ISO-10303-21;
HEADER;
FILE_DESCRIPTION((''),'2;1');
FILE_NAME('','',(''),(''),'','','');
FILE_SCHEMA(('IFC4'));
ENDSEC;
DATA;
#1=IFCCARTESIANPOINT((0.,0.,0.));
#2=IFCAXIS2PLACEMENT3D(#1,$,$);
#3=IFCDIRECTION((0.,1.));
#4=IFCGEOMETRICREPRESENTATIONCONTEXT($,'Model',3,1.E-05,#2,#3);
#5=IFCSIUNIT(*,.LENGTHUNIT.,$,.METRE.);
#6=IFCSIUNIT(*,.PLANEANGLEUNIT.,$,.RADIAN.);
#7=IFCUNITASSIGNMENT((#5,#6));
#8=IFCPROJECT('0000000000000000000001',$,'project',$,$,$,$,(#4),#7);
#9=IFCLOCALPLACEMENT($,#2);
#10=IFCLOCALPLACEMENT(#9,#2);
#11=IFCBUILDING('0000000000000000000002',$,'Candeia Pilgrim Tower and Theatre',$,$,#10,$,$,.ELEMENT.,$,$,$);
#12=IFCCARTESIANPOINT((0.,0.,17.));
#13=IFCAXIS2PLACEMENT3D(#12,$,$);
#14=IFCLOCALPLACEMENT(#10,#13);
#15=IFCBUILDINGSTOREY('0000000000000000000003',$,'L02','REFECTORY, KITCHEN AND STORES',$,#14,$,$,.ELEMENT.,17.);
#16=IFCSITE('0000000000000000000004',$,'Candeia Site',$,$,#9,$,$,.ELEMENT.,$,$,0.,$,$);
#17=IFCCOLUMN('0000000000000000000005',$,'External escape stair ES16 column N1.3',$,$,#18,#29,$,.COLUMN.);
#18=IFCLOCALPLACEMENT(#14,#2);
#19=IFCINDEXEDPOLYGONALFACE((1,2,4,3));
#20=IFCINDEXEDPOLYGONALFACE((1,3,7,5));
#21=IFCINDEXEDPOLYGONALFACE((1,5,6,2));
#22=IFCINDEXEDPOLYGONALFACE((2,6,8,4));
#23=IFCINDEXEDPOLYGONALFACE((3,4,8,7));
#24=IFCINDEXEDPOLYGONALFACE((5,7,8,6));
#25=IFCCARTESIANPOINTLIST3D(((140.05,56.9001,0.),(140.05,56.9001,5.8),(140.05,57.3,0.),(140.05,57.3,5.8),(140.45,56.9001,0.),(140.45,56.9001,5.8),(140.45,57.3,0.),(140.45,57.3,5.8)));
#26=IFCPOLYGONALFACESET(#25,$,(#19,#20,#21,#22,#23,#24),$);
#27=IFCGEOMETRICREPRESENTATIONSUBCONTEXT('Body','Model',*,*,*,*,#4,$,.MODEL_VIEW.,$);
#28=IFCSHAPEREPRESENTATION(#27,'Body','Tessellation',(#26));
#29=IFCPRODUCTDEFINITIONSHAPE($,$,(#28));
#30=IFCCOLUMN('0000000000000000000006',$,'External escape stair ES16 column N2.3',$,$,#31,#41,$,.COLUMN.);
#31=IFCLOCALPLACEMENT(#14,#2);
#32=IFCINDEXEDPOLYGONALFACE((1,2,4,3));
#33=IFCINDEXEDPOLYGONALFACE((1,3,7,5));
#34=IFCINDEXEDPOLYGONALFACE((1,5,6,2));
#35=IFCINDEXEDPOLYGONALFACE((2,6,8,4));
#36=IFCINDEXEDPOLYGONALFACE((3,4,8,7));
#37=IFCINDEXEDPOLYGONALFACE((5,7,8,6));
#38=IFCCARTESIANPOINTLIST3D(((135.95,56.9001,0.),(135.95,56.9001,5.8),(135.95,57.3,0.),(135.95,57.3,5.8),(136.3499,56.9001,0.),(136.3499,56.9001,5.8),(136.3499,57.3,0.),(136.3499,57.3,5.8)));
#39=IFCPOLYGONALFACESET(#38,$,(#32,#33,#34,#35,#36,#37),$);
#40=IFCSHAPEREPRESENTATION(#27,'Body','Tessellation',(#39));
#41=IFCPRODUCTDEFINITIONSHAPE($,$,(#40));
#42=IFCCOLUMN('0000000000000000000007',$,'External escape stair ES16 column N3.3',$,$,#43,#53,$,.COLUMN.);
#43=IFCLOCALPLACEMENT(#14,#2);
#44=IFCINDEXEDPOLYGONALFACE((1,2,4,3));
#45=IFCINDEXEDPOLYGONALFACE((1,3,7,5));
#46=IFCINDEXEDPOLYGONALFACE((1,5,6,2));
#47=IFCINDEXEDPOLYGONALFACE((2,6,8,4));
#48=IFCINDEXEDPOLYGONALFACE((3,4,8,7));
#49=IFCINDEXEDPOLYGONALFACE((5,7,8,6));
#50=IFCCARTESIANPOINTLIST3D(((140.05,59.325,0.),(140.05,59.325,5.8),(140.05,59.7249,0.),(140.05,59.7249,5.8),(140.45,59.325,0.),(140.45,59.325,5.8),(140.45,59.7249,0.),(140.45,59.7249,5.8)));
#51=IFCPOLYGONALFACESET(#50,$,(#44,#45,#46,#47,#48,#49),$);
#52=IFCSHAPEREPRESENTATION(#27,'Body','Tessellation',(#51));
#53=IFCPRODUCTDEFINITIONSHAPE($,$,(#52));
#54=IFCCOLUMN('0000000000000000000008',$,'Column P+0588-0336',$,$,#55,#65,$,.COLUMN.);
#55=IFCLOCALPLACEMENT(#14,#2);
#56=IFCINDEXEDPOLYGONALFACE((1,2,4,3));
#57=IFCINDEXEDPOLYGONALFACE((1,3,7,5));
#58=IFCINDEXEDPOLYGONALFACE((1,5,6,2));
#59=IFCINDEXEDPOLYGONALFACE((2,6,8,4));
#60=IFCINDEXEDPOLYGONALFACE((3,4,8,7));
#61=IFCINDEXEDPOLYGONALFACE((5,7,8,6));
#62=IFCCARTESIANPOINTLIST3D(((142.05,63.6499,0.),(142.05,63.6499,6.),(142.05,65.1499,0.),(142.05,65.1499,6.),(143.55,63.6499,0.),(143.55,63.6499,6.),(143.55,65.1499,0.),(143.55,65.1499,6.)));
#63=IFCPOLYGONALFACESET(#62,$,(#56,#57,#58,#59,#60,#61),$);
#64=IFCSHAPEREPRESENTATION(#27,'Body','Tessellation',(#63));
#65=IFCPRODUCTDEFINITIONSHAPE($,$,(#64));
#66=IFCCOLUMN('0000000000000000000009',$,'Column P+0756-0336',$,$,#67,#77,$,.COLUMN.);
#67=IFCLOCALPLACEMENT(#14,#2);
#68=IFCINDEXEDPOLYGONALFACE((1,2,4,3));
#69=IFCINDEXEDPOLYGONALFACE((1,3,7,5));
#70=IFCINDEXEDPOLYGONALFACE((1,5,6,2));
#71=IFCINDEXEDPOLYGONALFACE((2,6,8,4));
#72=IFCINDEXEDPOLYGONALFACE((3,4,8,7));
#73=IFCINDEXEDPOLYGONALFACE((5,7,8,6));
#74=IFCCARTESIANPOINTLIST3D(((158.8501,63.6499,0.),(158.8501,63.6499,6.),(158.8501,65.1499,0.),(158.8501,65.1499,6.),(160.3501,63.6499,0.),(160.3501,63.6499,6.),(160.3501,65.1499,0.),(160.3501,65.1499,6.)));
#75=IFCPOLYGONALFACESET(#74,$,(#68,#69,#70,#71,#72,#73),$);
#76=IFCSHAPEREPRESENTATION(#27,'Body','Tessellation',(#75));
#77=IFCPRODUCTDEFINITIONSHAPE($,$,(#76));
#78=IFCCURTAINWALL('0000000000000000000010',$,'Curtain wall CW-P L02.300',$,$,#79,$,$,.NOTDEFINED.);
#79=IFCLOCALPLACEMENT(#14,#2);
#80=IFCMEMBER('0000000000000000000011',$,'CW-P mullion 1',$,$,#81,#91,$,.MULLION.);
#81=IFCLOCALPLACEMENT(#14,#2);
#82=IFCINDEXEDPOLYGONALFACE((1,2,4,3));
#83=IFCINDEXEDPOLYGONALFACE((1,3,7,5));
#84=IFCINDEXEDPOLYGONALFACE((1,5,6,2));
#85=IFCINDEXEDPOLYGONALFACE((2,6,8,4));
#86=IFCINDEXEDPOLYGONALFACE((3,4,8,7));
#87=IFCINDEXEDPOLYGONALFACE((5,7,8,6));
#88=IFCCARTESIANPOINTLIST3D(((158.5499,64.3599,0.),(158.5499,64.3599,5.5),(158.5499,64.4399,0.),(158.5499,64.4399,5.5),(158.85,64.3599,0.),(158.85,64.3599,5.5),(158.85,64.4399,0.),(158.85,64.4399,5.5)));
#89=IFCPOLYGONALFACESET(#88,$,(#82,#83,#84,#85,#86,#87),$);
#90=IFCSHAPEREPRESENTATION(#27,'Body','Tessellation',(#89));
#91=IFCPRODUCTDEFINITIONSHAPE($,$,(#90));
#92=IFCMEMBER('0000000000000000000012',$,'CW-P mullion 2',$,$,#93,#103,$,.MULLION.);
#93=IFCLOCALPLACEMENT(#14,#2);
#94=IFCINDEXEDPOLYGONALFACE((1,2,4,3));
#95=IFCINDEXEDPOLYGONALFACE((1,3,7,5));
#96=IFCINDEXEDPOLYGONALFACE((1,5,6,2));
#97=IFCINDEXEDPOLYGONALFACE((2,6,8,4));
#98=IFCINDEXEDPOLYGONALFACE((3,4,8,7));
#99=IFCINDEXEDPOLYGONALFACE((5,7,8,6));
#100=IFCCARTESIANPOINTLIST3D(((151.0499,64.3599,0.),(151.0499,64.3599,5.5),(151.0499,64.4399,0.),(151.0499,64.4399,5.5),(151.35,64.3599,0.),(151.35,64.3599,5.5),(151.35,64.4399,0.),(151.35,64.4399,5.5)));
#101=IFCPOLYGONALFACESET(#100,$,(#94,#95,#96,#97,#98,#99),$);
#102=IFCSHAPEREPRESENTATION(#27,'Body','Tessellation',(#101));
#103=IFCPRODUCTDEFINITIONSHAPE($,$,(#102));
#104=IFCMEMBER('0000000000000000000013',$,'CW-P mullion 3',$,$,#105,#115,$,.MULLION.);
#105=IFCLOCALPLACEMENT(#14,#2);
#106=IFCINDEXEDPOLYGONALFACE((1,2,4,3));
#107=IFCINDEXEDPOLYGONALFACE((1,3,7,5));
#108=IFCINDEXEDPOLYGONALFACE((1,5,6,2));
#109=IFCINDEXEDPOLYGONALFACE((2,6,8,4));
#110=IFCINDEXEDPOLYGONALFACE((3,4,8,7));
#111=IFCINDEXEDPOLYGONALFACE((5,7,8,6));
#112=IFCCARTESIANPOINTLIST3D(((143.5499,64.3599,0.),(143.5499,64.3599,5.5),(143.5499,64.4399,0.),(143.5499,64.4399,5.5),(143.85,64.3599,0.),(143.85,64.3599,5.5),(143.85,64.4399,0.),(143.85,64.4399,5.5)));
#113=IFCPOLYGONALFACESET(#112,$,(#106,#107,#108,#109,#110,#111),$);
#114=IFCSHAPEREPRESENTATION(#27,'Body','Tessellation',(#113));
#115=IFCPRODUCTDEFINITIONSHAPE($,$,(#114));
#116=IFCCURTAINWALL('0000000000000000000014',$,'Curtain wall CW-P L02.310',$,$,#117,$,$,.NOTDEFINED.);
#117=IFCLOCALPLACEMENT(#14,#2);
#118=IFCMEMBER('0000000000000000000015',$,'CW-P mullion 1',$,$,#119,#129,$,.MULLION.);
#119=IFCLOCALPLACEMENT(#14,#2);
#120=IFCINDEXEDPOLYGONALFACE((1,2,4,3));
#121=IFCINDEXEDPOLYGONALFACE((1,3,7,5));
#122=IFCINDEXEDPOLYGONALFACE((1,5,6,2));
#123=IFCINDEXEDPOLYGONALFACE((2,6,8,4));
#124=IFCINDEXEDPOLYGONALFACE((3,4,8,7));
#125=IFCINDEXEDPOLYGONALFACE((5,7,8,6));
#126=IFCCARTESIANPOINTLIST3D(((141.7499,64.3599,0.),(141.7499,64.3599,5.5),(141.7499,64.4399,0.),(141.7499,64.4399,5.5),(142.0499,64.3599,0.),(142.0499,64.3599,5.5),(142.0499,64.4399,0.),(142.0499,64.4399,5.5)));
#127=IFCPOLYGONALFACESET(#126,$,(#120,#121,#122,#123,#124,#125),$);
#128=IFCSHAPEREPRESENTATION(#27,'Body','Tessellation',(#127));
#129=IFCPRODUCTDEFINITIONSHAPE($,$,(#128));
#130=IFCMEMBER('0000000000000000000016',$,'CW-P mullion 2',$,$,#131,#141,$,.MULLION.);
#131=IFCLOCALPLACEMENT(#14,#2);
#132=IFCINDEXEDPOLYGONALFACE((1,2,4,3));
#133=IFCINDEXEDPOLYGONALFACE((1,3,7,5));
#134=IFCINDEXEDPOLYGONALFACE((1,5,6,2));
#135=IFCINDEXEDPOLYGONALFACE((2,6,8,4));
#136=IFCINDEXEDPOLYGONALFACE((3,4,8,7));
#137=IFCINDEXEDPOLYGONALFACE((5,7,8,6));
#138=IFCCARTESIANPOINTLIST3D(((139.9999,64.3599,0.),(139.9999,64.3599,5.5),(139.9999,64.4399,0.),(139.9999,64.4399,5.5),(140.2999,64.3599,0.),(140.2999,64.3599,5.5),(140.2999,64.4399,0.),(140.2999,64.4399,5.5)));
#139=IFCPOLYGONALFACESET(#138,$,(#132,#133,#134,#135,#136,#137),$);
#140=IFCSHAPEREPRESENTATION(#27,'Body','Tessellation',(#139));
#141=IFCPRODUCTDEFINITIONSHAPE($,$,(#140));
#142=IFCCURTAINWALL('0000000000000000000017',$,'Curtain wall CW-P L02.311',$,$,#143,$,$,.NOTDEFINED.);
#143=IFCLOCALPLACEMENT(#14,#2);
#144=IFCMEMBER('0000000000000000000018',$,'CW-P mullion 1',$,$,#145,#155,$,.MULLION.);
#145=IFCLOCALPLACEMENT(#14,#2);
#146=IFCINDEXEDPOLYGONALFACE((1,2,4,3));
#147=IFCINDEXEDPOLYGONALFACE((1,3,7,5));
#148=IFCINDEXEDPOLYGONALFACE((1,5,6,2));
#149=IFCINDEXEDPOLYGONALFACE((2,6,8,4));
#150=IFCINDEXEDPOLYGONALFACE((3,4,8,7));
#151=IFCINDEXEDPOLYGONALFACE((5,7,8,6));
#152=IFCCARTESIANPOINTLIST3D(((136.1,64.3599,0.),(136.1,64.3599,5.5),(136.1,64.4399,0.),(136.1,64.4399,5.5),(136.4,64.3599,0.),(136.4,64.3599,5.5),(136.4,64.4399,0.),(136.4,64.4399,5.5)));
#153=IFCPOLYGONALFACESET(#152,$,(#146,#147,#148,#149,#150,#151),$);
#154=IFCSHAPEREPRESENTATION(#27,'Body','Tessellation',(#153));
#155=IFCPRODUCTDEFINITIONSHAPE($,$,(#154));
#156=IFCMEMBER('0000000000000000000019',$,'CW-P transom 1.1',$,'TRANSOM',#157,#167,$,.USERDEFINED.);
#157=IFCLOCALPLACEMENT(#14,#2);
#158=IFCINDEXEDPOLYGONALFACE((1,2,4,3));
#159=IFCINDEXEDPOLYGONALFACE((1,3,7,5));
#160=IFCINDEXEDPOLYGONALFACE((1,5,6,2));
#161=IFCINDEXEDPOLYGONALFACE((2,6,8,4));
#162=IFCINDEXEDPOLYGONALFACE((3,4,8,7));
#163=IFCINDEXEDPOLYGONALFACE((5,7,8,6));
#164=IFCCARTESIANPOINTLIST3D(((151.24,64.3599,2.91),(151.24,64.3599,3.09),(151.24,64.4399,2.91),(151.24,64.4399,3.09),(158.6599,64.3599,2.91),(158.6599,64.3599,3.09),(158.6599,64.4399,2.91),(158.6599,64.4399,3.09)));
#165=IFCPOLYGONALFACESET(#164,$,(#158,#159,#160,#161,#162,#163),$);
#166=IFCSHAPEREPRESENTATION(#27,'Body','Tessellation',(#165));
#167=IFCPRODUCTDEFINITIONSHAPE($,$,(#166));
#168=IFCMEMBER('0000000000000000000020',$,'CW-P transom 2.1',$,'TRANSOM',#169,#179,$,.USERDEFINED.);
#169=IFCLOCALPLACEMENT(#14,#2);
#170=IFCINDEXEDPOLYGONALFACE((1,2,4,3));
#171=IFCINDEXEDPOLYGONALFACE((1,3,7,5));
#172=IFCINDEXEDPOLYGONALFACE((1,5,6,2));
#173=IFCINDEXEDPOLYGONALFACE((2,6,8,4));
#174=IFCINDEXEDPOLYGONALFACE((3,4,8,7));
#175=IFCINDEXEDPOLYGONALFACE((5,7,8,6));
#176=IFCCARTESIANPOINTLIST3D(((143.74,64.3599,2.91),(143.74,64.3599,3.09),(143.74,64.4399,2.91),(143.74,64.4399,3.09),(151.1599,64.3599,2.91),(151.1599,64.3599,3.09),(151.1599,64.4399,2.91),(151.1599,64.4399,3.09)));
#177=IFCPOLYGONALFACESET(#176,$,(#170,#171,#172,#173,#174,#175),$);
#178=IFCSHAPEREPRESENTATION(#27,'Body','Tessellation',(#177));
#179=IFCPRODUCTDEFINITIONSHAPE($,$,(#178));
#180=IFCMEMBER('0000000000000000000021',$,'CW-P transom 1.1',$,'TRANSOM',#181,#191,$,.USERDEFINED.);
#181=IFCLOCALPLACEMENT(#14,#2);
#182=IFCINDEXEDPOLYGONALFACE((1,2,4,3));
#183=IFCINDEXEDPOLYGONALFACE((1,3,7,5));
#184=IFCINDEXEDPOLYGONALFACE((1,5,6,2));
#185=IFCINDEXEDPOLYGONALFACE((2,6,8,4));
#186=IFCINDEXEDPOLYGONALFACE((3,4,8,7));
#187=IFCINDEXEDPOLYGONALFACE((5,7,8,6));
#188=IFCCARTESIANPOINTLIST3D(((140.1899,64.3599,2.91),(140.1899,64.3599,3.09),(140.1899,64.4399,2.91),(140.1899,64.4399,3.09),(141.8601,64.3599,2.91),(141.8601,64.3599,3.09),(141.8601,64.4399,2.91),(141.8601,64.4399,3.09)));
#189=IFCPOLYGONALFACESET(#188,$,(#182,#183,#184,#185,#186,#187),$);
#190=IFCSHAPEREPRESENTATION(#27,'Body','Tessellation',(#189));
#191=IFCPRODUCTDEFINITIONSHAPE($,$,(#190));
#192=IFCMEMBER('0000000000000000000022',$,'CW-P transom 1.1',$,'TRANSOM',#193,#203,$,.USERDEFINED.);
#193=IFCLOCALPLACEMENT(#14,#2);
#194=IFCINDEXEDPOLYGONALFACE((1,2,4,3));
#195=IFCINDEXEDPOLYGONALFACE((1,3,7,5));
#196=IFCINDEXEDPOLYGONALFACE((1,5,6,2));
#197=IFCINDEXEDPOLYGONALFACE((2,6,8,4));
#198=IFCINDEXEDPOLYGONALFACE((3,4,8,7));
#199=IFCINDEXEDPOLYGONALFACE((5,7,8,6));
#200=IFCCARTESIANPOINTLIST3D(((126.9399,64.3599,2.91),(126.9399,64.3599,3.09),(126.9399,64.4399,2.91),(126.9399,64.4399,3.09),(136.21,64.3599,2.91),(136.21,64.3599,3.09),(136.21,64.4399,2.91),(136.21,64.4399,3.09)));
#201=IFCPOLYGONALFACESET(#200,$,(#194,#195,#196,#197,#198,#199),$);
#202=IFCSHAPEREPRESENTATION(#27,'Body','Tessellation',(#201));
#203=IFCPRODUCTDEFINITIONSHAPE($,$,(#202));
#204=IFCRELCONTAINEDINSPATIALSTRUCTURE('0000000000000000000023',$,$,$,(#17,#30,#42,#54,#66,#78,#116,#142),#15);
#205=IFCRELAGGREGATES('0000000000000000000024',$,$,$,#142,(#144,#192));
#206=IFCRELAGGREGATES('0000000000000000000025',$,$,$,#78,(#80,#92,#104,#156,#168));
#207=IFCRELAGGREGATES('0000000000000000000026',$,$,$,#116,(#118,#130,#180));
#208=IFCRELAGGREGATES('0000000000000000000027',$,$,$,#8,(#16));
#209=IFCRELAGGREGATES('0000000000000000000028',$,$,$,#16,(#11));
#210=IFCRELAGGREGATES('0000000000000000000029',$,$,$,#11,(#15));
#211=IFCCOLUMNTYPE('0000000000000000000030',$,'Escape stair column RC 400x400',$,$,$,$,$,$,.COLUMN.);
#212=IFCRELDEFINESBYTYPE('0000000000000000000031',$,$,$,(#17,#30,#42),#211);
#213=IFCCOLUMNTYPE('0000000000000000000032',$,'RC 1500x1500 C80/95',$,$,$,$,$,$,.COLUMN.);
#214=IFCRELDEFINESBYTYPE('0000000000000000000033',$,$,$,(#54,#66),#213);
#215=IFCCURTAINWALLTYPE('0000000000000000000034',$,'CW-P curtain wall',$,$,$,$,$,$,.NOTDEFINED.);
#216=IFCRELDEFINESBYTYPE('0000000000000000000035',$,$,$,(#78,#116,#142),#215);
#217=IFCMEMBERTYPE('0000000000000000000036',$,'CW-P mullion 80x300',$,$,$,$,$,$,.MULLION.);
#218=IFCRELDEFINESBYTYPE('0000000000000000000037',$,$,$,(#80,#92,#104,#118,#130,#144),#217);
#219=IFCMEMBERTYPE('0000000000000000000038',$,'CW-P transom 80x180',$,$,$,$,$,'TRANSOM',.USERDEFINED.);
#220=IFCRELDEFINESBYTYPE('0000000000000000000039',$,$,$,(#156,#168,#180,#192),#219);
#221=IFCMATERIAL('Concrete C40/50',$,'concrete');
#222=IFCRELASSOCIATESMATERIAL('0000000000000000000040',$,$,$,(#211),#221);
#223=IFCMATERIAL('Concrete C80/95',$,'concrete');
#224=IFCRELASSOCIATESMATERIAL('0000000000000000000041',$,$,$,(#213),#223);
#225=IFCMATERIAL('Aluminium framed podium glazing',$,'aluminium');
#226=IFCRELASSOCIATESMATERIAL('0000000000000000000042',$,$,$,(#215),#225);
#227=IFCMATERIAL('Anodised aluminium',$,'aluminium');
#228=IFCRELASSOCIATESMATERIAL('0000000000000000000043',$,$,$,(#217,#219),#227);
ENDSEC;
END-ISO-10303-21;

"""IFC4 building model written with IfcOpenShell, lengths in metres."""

from ifc_helpers import new_model, si_unit, direction, frame, origin, origin_2d, place, context, subcontext, project, spatial, rectangle, extrude, material, material_profile, profile_set, type_object, element, aggregate, save


model = new_model("IFC4")

# Units and contexts
model_context = context("Model", 3, precision=1e-05, world=origin(), true_north=direction((0.0, 1.0)))
body_context = subcontext(model_context, "Body", "Model", "MODEL_VIEW")
ifc_project = project(units=[si_unit("LENGTHUNIT", "METRE"), si_unit("PLANEANGLEUNIT", "RADIAN")], contexts=[model_context])

# Site, building, storey
site_placement = place(None, origin())
site = spatial("IfcSite", under=ifc_project, at=site_placement, Name="Candeia Site", CompositionType="ELEMENT", RefElevation=0.0)
building_placement = place(site_placement, origin())
building = spatial("IfcBuilding", under=site, at=building_placement, Name="Candeia Pilgrim Tower and Theatre", CompositionType="ELEMENT")
storey_placement = place(building_placement, frame((0.0, 0.0, 17.0)))
storey = spatial("IfcBuildingStorey", under=building, at=storey_placement, Name="L02", Description="REFECTORY, KITCHEN AND STORES", CompositionType="ELEMENT", Elevation=17.0)

# Columns
ifc_material_1 = material(Name="Concrete C40/50", Category="concrete")
ifc_material_profile_1 = material_profile(ifc_material_1, rectangle(XDim=0.3999, YDim=0.3999, at=origin_2d()))
ifc_profile_set_1 = profile_set([ifc_material_profile_1], Name="Concrete C40/50")
column_type_1 = type_object("IfcColumnType", Name="Escape stair column RC 400x400", PredefinedType="COLUMN", material=ifc_profile_set_1)
for number, where, z_axis, x_axis, name in (
    (1, (140.25, 57.1001, 0.0), (0.0, 0.0, 1.0), (1.0, 0.0, 0.0), "External escape stair ES16 column N1.3"),
    (2, (136.1499, 57.1001, 0.0), (0.0, 0.0, 1.0), (1.0, 0.0, 0.0), "External escape stair ES16 column N2.3"),
    (3, (140.25, 59.5249, 0.0), (0.0, 0.0, 1.0), (1.0, 0.0, 0.0), "External escape stair ES16 column N3.3"),
):
    element("IfcColumn", number, at=place(storey_placement, frame(where, z_axis=z_axis, x_axis=x_axis)), inside=storey, type_object=column_type_1, Name=name, PredefinedType="COLUMN", context=body_context, shape_type="SweptSolid", body=[
        extrude(rectangle(XDim=0.3999, YDim=0.3999, at=origin_2d()), origin(), (0.0, 0.0, 1.0), 5.8),
    ])
ifc_material_2 = material(Name="Concrete C80/95", Category="concrete")
ifc_material_profile_2 = material_profile(ifc_material_2, rectangle(XDim=1.5, YDim=1.5, at=origin_2d()))
ifc_profile_set_2 = profile_set([ifc_material_profile_2], Name="Concrete C80/95")
column_type_2 = type_object("IfcColumnType", Name="RC 1500x1500 C80/95", PredefinedType="COLUMN", material=ifc_profile_set_2)
for number, where, z_axis, x_axis, name in (
    (4, (142.8, 64.3999, 0.0), (0.0, 0.0, 1.0), (1.0, 0.0, 0.0), "Column P+0588-0336"),
    (5, (159.6001, 64.3999, 0.0), (0.0, 0.0, 1.0), (1.0, 0.0, 0.0), "Column P+0756-0336"),
):
    element("IfcColumn", number, at=place(storey_placement, frame(where, z_axis=z_axis, x_axis=x_axis)), inside=storey, type_object=column_type_2, Name=name, PredefinedType="COLUMN", context=body_context, shape_type="SweptSolid", body=[
        extrude(rectangle(XDim=1.5, YDim=1.5, at=origin_2d()), origin(), (0.0, 0.0, 1.0), 6.0),
    ])

# Curtain walls, members
ifc_material_3 = material(Name="Aluminium framed podium glazing", Category="aluminium")
curtain_wall_type = type_object("IfcCurtainWallType", Name="CW-P curtain wall", PredefinedType="NOTDEFINED", material=ifc_material_3)
curtain_wall_1_placement = place(storey_placement, origin())
curtain_wall_1 = element("IfcCurtainWall", 6, at=curtain_wall_1_placement, inside=storey, type_object=curtain_wall_type, Name="Curtain wall CW-P L02.300", PredefinedType="NOTDEFINED")
ifc_material_4 = material(Name="Anodised aluminium", Category="aluminium")
ifc_material_profile_3 = material_profile(ifc_material_4, rectangle(XDim=0.0801, YDim=0.3, at=origin_2d()))
ifc_profile_set_3 = profile_set([ifc_material_profile_3], Name="Anodised aluminium")
member_type_1 = type_object("IfcMemberType", Name="CW-P mullion 80x300", PredefinedType="MULLION", material=ifc_profile_set_3)
member_1_placement = place(storey_placement, frame((158.7, 64.3999, 0.0), z_axis=(0.0, 0.0, 1.0), x_axis=(0.0, -1.0, 0.0)))
member_1 = element("IfcMember", 7, at=member_1_placement, type_object=member_type_1, Name="CW-P mullion 1", PredefinedType="MULLION", context=body_context, shape_type="SweptSolid", body=[
    extrude(rectangle(XDim=0.0801, YDim=0.3, at=origin_2d()), origin(), (0.0, 0.0, 1.0), 5.5),
])
member_2_placement = place(storey_placement, frame((151.2, 64.3999, 0.0), z_axis=(0.0, 0.0, 1.0), x_axis=(0.0, -1.0, 0.0)))
member_2 = element("IfcMember", 8, at=member_2_placement, type_object=member_type_1, Name="CW-P mullion 2", PredefinedType="MULLION", context=body_context, shape_type="SweptSolid", body=[
    extrude(rectangle(XDim=0.0801, YDim=0.3, at=origin_2d()), origin(), (0.0, 0.0, 1.0), 5.5),
])
member_3_placement = place(storey_placement, frame((143.7, 64.3999, 0.0), z_axis=(0.0, 0.0, 1.0), x_axis=(0.0, -1.0, 0.0)))
member_3 = element("IfcMember", 9, at=member_3_placement, type_object=member_type_1, Name="CW-P mullion 3", PredefinedType="MULLION", context=body_context, shape_type="SweptSolid", body=[
    extrude(rectangle(XDim=0.0801, YDim=0.3, at=origin_2d()), origin(), (0.0, 0.0, 1.0), 5.5),
])
curtain_wall_2_placement = place(storey_placement, origin())
curtain_wall_2 = element("IfcCurtainWall", 10, at=curtain_wall_2_placement, inside=storey, type_object=curtain_wall_type, Name="Curtain wall CW-P L02.310", PredefinedType="NOTDEFINED")
member_4_placement = place(storey_placement, frame((141.8999, 64.3999, 0.0), z_axis=(0.0, 0.0, 1.0), x_axis=(0.0, -1.0, 0.0)))
member_4 = element("IfcMember", 11, at=member_4_placement, type_object=member_type_1, Name="CW-P mullion 1", PredefinedType="MULLION", context=body_context, shape_type="SweptSolid", body=[
    extrude(rectangle(XDim=0.0801, YDim=0.3, at=origin_2d()), origin(), (0.0, 0.0, 1.0), 5.5),
])
member_5_placement = place(storey_placement, frame((140.1499, 64.3999, 0.0), z_axis=(0.0, 0.0, 1.0), x_axis=(0.0, -1.0, 0.0)))
member_5 = element("IfcMember", 12, at=member_5_placement, type_object=member_type_1, Name="CW-P mullion 2", PredefinedType="MULLION", context=body_context, shape_type="SweptSolid", body=[
    extrude(rectangle(XDim=0.0801, YDim=0.3, at=origin_2d()), origin(), (0.0, 0.0, 1.0), 5.5),
])

# Curtain wall, member
curtain_wall_3_placement = place(storey_placement, origin())
curtain_wall_3 = element("IfcCurtainWall", 13, at=curtain_wall_3_placement, inside=storey, type_object=curtain_wall_type, Name="Curtain wall CW-P L02.311", PredefinedType="NOTDEFINED")
member_6_placement = place(storey_placement, frame((136.25, 64.3999, 0.0), z_axis=(0.0, 0.0, 1.0), x_axis=(0.0, -1.0, 0.0)))
member_6 = element("IfcMember", 14, at=member_6_placement, type_object=member_type_1, Name="CW-P mullion 1", PredefinedType="MULLION", context=body_context, shape_type="SweptSolid", body=[
    extrude(rectangle(XDim=0.0801, YDim=0.3, at=origin_2d()), origin(), (0.0, 0.0, 1.0), 5.5),
])

# Members
ifc_material_profile_4 = material_profile(ifc_material_4, rectangle(XDim=0.0801, YDim=0.1799, at=origin_2d()))
ifc_profile_set_4 = profile_set([ifc_material_profile_4], Name="Anodised aluminium")
member_type_2 = type_object("IfcMemberType", Name="CW-P transom 80x180", ElementType="TRANSOM", PredefinedType="USERDEFINED", material=ifc_profile_set_4)
member_7_placement = place(storey_placement, frame((158.6599, 64.3999, 3.0), z_axis=(-1.0, 0.0, 0.0), x_axis=(0.0, -1.0, 0.0)))
member_7 = element("IfcMember", 15, at=member_7_placement, type_object=member_type_2, Name="CW-P transom 1.1", ObjectType="TRANSOM", PredefinedType="USERDEFINED", context=body_context, shape_type="SweptSolid", body=[
    extrude(rectangle(XDim=0.0801, YDim=0.1799, at=origin_2d()), origin(), (0.0, 0.0, 1.0), 7.4199),
])
member_8_placement = place(storey_placement, frame((151.1599, 64.3999, 3.0), z_axis=(-1.0, 0.0, 0.0), x_axis=(0.0, -1.0, 0.0)))
member_8 = element("IfcMember", 16, at=member_8_placement, type_object=member_type_2, Name="CW-P transom 2.1", ObjectType="TRANSOM", PredefinedType="USERDEFINED", context=body_context, shape_type="SweptSolid", body=[
    extrude(rectangle(XDim=0.0801, YDim=0.1799, at=origin_2d()), origin(), (0.0, 0.0, 1.0), 7.4199),
])
member_9_placement = place(storey_placement, frame((141.8601, 64.3999, 3.0), z_axis=(-1.0, 0.0, 0.0), x_axis=(0.0, -1.0, 0.0)))
member_9 = element("IfcMember", 17, at=member_9_placement, type_object=member_type_2, Name="CW-P transom 1.1", ObjectType="TRANSOM", PredefinedType="USERDEFINED", context=body_context, shape_type="SweptSolid", body=[
    extrude(rectangle(XDim=0.0801, YDim=0.1799, at=origin_2d()), origin(), (0.0, 0.0, 1.0), 1.6702),
])
member_10_placement = place(storey_placement, frame((136.21, 64.3999, 3.0), z_axis=(-1.0, 0.0, 0.0), x_axis=(0.0, -1.0, 0.0)))
member_10 = element("IfcMember", 18, at=member_10_placement, type_object=member_type_2, Name="CW-P transom 1.1", ObjectType="TRANSOM", PredefinedType="USERDEFINED", context=body_context, shape_type="SweptSolid", body=[
    extrude(rectangle(XDim=0.0801, YDim=0.1799, at=origin_2d()), origin(), (0.0, 0.0, 1.0), 9.27),
])
aggregate(curtain_wall_3, [member_6, member_10])

aggregate(curtain_wall_1, [member_1, member_2, member_3, member_7, member_8])
aggregate(curtain_wall_2, [member_4, member_5, member_9])

save(model, "model.ifc")
